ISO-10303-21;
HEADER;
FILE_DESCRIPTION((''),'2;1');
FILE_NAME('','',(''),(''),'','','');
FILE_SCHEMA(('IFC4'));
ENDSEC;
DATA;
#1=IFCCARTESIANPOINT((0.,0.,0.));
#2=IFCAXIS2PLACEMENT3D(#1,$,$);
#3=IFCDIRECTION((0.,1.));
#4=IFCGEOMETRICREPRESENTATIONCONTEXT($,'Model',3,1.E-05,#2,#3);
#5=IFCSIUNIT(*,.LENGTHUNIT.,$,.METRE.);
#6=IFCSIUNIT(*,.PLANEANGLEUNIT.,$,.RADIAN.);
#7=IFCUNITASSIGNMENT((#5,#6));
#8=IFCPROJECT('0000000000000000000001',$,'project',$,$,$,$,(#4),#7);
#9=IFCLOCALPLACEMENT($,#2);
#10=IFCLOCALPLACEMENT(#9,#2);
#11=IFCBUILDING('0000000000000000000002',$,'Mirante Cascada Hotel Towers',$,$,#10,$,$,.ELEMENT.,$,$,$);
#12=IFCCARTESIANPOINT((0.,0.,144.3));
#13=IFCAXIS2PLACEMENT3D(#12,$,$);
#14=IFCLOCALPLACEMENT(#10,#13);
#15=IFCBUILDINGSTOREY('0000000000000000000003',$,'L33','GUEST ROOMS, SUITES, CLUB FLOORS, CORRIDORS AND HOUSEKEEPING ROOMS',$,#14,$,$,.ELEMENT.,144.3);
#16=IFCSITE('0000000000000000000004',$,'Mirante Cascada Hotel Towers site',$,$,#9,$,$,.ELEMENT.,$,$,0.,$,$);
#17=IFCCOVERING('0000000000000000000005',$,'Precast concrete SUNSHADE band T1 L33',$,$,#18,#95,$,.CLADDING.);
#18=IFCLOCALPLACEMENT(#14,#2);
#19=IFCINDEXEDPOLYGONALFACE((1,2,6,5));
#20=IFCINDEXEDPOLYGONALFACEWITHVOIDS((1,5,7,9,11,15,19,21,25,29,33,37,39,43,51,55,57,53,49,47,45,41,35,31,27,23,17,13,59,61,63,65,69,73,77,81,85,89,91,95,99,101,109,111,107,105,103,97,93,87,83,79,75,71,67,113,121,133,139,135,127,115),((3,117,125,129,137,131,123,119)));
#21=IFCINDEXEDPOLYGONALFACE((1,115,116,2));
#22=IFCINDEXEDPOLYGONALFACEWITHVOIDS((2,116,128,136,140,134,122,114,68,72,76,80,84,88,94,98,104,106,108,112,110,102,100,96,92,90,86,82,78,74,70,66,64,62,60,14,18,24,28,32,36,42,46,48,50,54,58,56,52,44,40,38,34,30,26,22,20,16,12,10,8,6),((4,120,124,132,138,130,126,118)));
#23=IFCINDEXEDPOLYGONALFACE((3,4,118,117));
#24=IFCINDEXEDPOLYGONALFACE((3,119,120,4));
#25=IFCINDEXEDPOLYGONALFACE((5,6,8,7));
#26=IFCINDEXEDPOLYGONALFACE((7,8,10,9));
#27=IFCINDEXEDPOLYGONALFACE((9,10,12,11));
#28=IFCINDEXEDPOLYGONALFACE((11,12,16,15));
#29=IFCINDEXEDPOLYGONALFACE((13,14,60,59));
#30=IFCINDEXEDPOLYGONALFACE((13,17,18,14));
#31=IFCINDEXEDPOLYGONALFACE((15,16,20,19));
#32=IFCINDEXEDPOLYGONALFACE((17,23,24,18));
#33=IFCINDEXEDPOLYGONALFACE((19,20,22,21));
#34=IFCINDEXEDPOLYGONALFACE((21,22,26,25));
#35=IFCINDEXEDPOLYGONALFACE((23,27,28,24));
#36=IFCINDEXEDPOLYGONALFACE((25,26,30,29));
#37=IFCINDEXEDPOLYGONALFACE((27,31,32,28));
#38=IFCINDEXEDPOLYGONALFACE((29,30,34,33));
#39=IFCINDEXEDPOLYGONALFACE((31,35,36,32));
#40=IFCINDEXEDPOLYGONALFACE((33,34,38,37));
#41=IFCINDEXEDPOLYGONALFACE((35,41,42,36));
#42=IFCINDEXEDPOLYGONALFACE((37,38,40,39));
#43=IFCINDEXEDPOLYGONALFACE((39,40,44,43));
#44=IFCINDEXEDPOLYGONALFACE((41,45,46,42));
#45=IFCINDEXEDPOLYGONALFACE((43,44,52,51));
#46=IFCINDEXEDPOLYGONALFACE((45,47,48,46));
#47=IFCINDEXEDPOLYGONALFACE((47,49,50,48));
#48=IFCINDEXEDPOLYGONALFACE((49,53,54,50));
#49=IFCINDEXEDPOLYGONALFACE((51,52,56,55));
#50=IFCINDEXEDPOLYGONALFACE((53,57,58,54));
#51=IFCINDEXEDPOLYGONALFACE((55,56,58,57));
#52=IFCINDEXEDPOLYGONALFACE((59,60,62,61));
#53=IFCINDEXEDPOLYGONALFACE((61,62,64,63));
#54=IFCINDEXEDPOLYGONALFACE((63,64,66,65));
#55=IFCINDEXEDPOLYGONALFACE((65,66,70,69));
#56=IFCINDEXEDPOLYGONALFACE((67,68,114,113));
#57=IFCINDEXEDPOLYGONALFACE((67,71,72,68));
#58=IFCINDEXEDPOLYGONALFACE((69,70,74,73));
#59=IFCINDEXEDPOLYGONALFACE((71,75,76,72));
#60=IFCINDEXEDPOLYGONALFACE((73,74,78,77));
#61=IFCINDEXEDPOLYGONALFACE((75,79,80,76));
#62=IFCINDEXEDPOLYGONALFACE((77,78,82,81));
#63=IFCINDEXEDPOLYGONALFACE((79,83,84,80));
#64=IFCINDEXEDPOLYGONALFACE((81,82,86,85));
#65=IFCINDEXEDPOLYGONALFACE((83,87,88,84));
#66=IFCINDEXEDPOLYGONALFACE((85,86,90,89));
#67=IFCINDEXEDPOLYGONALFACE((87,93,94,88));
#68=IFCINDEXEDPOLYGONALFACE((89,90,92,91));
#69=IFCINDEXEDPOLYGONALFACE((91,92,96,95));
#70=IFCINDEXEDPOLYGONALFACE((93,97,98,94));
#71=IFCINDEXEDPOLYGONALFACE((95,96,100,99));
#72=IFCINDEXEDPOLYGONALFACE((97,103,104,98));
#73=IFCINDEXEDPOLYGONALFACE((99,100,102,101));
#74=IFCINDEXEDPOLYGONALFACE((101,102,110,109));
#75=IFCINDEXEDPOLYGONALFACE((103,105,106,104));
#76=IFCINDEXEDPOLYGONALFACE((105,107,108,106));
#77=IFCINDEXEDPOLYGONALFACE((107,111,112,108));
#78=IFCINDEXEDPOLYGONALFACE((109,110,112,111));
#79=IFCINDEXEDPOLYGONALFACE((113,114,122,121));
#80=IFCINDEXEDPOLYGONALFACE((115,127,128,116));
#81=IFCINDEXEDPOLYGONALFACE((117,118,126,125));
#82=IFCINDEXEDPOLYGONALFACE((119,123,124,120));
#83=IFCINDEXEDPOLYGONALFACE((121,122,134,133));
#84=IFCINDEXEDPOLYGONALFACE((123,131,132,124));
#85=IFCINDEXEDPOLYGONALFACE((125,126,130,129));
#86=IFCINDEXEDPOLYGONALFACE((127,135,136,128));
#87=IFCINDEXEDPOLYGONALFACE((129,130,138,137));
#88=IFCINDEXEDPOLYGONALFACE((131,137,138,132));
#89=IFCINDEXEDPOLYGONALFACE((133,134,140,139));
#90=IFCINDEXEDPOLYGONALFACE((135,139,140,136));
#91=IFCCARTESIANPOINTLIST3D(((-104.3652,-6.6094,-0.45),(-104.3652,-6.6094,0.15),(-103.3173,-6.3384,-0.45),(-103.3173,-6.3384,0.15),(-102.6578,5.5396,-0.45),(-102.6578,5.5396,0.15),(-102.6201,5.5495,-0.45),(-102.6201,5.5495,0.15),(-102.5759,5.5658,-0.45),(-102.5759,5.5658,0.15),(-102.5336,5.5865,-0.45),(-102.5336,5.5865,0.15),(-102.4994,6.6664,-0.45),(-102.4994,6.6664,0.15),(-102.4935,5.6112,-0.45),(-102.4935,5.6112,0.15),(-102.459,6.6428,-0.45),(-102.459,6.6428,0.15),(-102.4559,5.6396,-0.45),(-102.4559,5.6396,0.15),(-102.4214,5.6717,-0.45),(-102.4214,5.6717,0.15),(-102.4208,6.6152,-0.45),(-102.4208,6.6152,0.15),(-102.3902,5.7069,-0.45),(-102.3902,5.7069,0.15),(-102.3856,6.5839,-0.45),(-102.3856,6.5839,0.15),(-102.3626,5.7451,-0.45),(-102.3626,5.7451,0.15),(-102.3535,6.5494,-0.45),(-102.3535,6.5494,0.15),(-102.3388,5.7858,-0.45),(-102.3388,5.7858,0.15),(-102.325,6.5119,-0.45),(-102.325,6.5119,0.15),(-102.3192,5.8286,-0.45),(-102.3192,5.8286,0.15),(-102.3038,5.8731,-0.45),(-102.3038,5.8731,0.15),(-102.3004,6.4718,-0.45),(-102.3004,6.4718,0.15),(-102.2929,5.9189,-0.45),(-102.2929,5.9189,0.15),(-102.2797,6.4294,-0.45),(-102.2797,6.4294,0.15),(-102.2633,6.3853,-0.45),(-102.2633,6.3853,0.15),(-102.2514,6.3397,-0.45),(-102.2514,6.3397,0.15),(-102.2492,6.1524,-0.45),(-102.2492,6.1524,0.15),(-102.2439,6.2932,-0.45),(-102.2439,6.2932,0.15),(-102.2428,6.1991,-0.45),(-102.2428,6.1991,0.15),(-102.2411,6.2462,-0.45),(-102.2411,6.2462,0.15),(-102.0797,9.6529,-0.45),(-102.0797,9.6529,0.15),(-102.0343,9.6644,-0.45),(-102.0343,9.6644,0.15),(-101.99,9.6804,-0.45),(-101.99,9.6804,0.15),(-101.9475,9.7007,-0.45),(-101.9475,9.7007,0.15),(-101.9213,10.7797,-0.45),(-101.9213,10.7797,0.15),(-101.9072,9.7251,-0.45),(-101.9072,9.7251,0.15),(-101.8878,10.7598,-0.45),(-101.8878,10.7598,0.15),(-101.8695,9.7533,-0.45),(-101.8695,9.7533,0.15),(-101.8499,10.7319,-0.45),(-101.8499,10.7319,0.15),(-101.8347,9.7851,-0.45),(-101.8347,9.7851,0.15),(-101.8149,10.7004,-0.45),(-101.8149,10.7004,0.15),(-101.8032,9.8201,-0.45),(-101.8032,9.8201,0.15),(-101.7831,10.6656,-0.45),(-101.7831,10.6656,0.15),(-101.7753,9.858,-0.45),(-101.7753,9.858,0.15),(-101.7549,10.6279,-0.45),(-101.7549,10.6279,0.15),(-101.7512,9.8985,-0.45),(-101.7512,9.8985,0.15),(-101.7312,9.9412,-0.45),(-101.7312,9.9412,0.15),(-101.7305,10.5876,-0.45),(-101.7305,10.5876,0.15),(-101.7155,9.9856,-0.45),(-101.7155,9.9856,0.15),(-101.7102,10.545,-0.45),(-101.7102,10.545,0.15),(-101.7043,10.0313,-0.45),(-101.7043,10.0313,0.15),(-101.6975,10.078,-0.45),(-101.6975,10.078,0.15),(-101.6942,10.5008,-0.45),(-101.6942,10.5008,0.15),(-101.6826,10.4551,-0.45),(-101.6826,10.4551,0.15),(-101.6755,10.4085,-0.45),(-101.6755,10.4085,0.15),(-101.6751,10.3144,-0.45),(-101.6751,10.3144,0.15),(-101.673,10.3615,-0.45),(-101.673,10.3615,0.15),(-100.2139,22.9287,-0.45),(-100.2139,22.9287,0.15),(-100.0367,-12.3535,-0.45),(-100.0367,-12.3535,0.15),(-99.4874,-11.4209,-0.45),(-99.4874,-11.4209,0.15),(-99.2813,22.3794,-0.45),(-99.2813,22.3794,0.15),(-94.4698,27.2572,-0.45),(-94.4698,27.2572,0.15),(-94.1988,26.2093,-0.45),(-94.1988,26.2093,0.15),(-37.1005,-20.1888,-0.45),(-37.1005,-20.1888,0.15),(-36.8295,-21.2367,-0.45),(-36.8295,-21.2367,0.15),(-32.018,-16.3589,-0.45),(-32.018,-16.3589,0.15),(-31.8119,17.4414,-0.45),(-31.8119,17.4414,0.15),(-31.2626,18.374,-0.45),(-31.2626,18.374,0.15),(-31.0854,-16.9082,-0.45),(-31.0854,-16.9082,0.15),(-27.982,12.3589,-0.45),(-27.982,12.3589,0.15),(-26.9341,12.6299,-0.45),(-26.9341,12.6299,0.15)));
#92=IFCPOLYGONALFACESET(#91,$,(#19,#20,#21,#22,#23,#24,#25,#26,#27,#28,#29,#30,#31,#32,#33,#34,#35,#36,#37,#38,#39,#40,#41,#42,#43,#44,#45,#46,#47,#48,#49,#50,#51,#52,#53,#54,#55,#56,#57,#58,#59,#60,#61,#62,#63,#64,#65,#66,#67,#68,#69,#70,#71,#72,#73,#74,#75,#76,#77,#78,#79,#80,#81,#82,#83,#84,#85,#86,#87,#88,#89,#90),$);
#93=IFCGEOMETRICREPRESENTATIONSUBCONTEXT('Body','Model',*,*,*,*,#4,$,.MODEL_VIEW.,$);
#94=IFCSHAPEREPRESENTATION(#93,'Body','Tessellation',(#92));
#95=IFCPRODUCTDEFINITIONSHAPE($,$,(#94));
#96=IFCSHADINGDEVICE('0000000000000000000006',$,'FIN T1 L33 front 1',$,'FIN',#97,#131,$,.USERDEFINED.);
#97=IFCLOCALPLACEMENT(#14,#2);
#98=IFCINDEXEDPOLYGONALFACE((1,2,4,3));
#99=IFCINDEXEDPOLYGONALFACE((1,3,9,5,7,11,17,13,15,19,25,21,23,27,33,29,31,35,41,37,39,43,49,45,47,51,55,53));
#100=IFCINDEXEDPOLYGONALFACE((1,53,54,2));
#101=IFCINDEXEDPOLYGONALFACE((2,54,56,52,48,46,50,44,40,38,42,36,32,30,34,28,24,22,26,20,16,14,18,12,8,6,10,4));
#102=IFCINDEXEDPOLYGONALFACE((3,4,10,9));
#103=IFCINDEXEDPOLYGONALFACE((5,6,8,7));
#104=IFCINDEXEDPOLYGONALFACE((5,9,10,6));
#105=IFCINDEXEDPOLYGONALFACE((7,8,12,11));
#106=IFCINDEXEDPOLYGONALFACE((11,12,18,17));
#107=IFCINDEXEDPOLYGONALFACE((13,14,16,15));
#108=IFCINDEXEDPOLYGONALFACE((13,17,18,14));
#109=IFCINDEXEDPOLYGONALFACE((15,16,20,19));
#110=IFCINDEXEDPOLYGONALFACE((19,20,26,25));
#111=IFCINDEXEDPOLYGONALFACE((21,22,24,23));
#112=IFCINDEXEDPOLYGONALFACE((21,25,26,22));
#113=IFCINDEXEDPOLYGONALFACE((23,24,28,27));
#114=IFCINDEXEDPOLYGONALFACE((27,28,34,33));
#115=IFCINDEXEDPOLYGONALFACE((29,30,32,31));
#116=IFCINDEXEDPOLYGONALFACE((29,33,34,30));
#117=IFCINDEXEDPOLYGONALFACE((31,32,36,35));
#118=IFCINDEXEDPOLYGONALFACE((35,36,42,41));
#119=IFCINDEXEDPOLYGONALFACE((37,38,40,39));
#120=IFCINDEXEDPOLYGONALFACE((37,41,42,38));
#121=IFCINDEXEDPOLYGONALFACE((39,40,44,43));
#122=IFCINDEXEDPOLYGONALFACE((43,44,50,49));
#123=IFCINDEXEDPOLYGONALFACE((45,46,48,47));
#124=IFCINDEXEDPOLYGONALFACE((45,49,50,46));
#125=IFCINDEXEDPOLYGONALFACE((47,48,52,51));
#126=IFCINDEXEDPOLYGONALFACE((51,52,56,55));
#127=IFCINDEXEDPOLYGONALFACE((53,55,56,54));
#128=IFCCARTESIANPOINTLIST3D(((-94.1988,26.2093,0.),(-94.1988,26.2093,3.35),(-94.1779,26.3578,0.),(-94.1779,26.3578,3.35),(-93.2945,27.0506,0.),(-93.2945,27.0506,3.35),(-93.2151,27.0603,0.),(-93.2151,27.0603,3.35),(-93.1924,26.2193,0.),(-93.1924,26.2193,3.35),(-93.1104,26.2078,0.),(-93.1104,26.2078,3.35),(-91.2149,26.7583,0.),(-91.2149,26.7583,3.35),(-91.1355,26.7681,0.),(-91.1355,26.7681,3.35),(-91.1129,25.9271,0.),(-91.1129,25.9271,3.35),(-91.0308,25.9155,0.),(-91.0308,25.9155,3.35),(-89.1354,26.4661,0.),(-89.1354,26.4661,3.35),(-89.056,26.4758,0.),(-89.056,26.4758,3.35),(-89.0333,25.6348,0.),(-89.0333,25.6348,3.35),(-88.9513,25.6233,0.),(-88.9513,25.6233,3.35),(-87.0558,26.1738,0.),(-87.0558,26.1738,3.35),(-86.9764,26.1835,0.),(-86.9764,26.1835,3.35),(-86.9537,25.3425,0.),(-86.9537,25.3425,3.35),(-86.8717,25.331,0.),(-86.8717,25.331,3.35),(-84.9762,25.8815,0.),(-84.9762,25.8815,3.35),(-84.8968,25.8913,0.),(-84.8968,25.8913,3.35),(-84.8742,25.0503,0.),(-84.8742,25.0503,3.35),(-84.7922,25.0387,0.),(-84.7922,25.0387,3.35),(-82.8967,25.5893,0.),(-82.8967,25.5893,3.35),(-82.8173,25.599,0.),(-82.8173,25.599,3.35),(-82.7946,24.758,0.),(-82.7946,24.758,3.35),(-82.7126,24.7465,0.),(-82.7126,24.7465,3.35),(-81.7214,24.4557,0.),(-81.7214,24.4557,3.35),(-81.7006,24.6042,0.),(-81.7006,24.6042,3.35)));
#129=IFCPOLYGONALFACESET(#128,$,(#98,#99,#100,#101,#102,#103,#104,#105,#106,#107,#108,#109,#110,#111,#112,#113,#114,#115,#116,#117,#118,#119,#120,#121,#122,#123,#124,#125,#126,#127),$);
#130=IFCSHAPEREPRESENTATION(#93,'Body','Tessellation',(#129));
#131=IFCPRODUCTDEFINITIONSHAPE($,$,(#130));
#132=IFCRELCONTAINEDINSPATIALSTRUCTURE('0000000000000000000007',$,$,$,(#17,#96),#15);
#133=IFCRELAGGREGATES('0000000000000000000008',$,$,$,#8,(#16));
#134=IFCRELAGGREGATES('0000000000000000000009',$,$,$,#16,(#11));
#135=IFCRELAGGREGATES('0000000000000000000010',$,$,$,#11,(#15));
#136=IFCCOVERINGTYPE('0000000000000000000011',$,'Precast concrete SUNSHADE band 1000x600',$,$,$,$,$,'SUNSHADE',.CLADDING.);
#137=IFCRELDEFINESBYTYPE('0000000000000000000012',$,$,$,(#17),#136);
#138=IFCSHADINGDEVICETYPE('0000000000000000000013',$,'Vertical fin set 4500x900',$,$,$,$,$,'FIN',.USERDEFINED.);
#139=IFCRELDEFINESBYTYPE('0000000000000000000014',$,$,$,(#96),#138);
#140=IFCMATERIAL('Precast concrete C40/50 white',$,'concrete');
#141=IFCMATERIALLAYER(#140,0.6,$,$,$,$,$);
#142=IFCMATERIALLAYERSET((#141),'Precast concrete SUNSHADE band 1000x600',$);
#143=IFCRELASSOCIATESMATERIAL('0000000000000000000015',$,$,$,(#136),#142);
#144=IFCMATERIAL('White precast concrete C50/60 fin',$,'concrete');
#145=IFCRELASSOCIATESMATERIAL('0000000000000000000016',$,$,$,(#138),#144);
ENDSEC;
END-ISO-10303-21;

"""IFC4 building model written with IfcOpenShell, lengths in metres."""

from ifc_helpers import new_model, si_unit, direction, frame, origin, place, context, subcontext, project, spatial, polyline, outline, extrude, material, layer, layer_set, type_object, element, save


model = new_model("IFC4")

# Units and contexts
model_context = context("Model", 3, precision=1e-05, world=origin(), true_north=direction((0.0, 1.0)))
body_context = subcontext(model_context, "Body", "Model", "MODEL_VIEW")
ifc_project = project(units=[si_unit("LENGTHUNIT", "METRE"), si_unit("PLANEANGLEUNIT", "RADIAN")], contexts=[model_context])

# Site, building, storey
site_placement = place(None, origin())
site = spatial("IfcSite", under=ifc_project, at=site_placement, Name="Mirante Cascada Hotel Towers site", CompositionType="ELEMENT", RefElevation=0.0)
building_placement = place(site_placement, origin())
building = spatial("IfcBuilding", under=site, at=building_placement, Name="Mirante Cascada Hotel Towers", CompositionType="ELEMENT")
storey_placement = place(building_placement, frame((0.0, 0.0, 144.3)))
storey = spatial("IfcBuildingStorey", under=building, at=storey_placement, Name="L33", Description="GUEST ROOMS, SUITES, CLUB FLOORS, CORRIDORS AND HOUSEKEEPING ROOMS", CompositionType="ELEMENT", Elevation=144.3)

# Covering
ifc_material_1 = material(Name="Precast concrete C40/50 white", Category="concrete")
ifc_layer_1 = layer(ifc_material_1, 0.6)
ifc_layer_set_1 = layer_set([ifc_layer_1], Name="Precast concrete SUNSHADE band 1000x600")
covering_type = type_object("IfcCoveringType", Name="Precast concrete SUNSHADE band 1000x600", ElementType="SUNSHADE", PredefinedType="CLADDING", material=ifc_layer_set_1)
covering_placement = place(storey_placement, frame((0.0, 0.0, -0.45)))
element("IfcCovering", 1, at=covering_placement, inside=storey, type_object=covering_type, Name="Precast concrete SUNSHADE band T1 L33", PredefinedType="CLADDING", context=body_context, shape_type="SweptSolid", body=[
    extrude(outline(polyline([(-104.3652, -6.6094), (-102.6578, 5.5396), (-102.6201, 5.5495), (-102.5759, 5.5658), (-102.5336, 5.5865), (-102.4935, 5.6112), (-102.4559, 5.6396), (-102.4214, 5.6717), (-102.3902, 5.7069), (-102.3626, 5.7451), (-102.3388, 5.7858), (-102.3192, 5.8286), (-102.3038, 5.8731), (-102.2929, 5.9189), (-102.2492, 6.1524), (-102.2428, 6.1991), (-102.2411, 6.2462), (-102.2439, 6.2932), (-102.2514, 6.3397), (-102.2633, 6.3853), (-102.2797, 6.4294), (-102.3004, 6.4718), (-102.325, 6.5119), (-102.3535, 6.5494), (-102.3856, 6.5839), (-102.4208, 6.6152), (-102.459, 6.6428), (-102.4994, 6.6664), (-102.0797, 9.6529), (-102.0343, 9.6644), (-101.99, 9.6804), (-101.9475, 9.7007), (-101.9072, 9.7251), (-101.8695, 9.7533), (-101.8347, 9.7851), (-101.8032, 9.8201), (-101.7753, 9.858), (-101.7512, 9.8985), (-101.7312, 9.9412), (-101.7155, 9.9856), (-101.7043, 10.0313), (-101.6975, 10.078), (-101.6751, 10.3144), (-101.673, 10.3615), (-101.6755, 10.4085), (-101.6826, 10.4551), (-101.6942, 10.5008), (-101.7102, 10.545), (-101.7305, 10.5876), (-101.7549, 10.6279), (-101.7831, 10.6656), (-101.8149, 10.7004), (-101.8499, 10.7319), (-101.8878, 10.7598), (-101.9213, 10.7797), (-100.2139, 22.9287), (-94.4698, 27.2572), (-31.2626, 18.374), (-26.9341, 12.6299), (-31.0854, -16.9082), (-36.8295, -21.2367), (-100.0367, -12.3535), (-104.3652, -6.6094)]), holes=[polyline([(-27.982, 12.3589), (-31.8119, 17.4414), (-94.1988, 26.2093), (-99.2813, 22.3794), (-103.3173, -6.3384), (-99.4874, -11.4209), (-37.1005, -20.1888), (-32.018, -16.3589), (-27.982, 12.3589)])]), origin(), (0.0, 0.0, 1.0), 0.6),
])

# Shading device
ifc_material_2 = material(Name="White precast concrete C50/60 fin", Category="concrete")
shading_device_type = type_object("IfcShadingDeviceType", Name="Vertical fin set 4500x900", ElementType="FIN", PredefinedType="USERDEFINED", material=ifc_material_2)
shading_device_placement = place(storey_placement, origin())
element("IfcShadingDevice", 2, at=shading_device_placement, inside=storey, type_object=shading_device_type, Name="FIN T1 L33 front 1", ObjectType="FIN", PredefinedType="USERDEFINED", context=body_context, shape_type="SweptSolid", body=[
    extrude(outline(polyline([(-82.8173, 25.599), (-82.7126, 24.7465), (-81.7006, 24.6042), (-81.7214, 24.4557), (-94.1988, 26.2093), (-94.1779, 26.3578), (-93.1924, 26.2193), (-93.2945, 27.0506), (-93.2151, 27.0603), (-93.1104, 26.2078), (-91.1129, 25.9271), (-91.2149, 26.7583), (-91.1355, 26.7681), (-91.0308, 25.9155), (-89.0333, 25.6348), (-89.1354, 26.4661), (-89.056, 26.4758), (-88.9513, 25.6233), (-86.9537, 25.3425), (-87.0558, 26.1738), (-86.9764, 26.1835), (-86.8717, 25.331), (-84.8742, 25.0503), (-84.9762, 25.8815), (-84.8968, 25.8913), (-84.7922, 25.0387), (-82.7946, 24.758), (-82.8967, 25.5893), (-82.8173, 25.599)])), origin(), (0.0, 0.0, 1.0), 3.35),
])

save(model, "model.ifc")
